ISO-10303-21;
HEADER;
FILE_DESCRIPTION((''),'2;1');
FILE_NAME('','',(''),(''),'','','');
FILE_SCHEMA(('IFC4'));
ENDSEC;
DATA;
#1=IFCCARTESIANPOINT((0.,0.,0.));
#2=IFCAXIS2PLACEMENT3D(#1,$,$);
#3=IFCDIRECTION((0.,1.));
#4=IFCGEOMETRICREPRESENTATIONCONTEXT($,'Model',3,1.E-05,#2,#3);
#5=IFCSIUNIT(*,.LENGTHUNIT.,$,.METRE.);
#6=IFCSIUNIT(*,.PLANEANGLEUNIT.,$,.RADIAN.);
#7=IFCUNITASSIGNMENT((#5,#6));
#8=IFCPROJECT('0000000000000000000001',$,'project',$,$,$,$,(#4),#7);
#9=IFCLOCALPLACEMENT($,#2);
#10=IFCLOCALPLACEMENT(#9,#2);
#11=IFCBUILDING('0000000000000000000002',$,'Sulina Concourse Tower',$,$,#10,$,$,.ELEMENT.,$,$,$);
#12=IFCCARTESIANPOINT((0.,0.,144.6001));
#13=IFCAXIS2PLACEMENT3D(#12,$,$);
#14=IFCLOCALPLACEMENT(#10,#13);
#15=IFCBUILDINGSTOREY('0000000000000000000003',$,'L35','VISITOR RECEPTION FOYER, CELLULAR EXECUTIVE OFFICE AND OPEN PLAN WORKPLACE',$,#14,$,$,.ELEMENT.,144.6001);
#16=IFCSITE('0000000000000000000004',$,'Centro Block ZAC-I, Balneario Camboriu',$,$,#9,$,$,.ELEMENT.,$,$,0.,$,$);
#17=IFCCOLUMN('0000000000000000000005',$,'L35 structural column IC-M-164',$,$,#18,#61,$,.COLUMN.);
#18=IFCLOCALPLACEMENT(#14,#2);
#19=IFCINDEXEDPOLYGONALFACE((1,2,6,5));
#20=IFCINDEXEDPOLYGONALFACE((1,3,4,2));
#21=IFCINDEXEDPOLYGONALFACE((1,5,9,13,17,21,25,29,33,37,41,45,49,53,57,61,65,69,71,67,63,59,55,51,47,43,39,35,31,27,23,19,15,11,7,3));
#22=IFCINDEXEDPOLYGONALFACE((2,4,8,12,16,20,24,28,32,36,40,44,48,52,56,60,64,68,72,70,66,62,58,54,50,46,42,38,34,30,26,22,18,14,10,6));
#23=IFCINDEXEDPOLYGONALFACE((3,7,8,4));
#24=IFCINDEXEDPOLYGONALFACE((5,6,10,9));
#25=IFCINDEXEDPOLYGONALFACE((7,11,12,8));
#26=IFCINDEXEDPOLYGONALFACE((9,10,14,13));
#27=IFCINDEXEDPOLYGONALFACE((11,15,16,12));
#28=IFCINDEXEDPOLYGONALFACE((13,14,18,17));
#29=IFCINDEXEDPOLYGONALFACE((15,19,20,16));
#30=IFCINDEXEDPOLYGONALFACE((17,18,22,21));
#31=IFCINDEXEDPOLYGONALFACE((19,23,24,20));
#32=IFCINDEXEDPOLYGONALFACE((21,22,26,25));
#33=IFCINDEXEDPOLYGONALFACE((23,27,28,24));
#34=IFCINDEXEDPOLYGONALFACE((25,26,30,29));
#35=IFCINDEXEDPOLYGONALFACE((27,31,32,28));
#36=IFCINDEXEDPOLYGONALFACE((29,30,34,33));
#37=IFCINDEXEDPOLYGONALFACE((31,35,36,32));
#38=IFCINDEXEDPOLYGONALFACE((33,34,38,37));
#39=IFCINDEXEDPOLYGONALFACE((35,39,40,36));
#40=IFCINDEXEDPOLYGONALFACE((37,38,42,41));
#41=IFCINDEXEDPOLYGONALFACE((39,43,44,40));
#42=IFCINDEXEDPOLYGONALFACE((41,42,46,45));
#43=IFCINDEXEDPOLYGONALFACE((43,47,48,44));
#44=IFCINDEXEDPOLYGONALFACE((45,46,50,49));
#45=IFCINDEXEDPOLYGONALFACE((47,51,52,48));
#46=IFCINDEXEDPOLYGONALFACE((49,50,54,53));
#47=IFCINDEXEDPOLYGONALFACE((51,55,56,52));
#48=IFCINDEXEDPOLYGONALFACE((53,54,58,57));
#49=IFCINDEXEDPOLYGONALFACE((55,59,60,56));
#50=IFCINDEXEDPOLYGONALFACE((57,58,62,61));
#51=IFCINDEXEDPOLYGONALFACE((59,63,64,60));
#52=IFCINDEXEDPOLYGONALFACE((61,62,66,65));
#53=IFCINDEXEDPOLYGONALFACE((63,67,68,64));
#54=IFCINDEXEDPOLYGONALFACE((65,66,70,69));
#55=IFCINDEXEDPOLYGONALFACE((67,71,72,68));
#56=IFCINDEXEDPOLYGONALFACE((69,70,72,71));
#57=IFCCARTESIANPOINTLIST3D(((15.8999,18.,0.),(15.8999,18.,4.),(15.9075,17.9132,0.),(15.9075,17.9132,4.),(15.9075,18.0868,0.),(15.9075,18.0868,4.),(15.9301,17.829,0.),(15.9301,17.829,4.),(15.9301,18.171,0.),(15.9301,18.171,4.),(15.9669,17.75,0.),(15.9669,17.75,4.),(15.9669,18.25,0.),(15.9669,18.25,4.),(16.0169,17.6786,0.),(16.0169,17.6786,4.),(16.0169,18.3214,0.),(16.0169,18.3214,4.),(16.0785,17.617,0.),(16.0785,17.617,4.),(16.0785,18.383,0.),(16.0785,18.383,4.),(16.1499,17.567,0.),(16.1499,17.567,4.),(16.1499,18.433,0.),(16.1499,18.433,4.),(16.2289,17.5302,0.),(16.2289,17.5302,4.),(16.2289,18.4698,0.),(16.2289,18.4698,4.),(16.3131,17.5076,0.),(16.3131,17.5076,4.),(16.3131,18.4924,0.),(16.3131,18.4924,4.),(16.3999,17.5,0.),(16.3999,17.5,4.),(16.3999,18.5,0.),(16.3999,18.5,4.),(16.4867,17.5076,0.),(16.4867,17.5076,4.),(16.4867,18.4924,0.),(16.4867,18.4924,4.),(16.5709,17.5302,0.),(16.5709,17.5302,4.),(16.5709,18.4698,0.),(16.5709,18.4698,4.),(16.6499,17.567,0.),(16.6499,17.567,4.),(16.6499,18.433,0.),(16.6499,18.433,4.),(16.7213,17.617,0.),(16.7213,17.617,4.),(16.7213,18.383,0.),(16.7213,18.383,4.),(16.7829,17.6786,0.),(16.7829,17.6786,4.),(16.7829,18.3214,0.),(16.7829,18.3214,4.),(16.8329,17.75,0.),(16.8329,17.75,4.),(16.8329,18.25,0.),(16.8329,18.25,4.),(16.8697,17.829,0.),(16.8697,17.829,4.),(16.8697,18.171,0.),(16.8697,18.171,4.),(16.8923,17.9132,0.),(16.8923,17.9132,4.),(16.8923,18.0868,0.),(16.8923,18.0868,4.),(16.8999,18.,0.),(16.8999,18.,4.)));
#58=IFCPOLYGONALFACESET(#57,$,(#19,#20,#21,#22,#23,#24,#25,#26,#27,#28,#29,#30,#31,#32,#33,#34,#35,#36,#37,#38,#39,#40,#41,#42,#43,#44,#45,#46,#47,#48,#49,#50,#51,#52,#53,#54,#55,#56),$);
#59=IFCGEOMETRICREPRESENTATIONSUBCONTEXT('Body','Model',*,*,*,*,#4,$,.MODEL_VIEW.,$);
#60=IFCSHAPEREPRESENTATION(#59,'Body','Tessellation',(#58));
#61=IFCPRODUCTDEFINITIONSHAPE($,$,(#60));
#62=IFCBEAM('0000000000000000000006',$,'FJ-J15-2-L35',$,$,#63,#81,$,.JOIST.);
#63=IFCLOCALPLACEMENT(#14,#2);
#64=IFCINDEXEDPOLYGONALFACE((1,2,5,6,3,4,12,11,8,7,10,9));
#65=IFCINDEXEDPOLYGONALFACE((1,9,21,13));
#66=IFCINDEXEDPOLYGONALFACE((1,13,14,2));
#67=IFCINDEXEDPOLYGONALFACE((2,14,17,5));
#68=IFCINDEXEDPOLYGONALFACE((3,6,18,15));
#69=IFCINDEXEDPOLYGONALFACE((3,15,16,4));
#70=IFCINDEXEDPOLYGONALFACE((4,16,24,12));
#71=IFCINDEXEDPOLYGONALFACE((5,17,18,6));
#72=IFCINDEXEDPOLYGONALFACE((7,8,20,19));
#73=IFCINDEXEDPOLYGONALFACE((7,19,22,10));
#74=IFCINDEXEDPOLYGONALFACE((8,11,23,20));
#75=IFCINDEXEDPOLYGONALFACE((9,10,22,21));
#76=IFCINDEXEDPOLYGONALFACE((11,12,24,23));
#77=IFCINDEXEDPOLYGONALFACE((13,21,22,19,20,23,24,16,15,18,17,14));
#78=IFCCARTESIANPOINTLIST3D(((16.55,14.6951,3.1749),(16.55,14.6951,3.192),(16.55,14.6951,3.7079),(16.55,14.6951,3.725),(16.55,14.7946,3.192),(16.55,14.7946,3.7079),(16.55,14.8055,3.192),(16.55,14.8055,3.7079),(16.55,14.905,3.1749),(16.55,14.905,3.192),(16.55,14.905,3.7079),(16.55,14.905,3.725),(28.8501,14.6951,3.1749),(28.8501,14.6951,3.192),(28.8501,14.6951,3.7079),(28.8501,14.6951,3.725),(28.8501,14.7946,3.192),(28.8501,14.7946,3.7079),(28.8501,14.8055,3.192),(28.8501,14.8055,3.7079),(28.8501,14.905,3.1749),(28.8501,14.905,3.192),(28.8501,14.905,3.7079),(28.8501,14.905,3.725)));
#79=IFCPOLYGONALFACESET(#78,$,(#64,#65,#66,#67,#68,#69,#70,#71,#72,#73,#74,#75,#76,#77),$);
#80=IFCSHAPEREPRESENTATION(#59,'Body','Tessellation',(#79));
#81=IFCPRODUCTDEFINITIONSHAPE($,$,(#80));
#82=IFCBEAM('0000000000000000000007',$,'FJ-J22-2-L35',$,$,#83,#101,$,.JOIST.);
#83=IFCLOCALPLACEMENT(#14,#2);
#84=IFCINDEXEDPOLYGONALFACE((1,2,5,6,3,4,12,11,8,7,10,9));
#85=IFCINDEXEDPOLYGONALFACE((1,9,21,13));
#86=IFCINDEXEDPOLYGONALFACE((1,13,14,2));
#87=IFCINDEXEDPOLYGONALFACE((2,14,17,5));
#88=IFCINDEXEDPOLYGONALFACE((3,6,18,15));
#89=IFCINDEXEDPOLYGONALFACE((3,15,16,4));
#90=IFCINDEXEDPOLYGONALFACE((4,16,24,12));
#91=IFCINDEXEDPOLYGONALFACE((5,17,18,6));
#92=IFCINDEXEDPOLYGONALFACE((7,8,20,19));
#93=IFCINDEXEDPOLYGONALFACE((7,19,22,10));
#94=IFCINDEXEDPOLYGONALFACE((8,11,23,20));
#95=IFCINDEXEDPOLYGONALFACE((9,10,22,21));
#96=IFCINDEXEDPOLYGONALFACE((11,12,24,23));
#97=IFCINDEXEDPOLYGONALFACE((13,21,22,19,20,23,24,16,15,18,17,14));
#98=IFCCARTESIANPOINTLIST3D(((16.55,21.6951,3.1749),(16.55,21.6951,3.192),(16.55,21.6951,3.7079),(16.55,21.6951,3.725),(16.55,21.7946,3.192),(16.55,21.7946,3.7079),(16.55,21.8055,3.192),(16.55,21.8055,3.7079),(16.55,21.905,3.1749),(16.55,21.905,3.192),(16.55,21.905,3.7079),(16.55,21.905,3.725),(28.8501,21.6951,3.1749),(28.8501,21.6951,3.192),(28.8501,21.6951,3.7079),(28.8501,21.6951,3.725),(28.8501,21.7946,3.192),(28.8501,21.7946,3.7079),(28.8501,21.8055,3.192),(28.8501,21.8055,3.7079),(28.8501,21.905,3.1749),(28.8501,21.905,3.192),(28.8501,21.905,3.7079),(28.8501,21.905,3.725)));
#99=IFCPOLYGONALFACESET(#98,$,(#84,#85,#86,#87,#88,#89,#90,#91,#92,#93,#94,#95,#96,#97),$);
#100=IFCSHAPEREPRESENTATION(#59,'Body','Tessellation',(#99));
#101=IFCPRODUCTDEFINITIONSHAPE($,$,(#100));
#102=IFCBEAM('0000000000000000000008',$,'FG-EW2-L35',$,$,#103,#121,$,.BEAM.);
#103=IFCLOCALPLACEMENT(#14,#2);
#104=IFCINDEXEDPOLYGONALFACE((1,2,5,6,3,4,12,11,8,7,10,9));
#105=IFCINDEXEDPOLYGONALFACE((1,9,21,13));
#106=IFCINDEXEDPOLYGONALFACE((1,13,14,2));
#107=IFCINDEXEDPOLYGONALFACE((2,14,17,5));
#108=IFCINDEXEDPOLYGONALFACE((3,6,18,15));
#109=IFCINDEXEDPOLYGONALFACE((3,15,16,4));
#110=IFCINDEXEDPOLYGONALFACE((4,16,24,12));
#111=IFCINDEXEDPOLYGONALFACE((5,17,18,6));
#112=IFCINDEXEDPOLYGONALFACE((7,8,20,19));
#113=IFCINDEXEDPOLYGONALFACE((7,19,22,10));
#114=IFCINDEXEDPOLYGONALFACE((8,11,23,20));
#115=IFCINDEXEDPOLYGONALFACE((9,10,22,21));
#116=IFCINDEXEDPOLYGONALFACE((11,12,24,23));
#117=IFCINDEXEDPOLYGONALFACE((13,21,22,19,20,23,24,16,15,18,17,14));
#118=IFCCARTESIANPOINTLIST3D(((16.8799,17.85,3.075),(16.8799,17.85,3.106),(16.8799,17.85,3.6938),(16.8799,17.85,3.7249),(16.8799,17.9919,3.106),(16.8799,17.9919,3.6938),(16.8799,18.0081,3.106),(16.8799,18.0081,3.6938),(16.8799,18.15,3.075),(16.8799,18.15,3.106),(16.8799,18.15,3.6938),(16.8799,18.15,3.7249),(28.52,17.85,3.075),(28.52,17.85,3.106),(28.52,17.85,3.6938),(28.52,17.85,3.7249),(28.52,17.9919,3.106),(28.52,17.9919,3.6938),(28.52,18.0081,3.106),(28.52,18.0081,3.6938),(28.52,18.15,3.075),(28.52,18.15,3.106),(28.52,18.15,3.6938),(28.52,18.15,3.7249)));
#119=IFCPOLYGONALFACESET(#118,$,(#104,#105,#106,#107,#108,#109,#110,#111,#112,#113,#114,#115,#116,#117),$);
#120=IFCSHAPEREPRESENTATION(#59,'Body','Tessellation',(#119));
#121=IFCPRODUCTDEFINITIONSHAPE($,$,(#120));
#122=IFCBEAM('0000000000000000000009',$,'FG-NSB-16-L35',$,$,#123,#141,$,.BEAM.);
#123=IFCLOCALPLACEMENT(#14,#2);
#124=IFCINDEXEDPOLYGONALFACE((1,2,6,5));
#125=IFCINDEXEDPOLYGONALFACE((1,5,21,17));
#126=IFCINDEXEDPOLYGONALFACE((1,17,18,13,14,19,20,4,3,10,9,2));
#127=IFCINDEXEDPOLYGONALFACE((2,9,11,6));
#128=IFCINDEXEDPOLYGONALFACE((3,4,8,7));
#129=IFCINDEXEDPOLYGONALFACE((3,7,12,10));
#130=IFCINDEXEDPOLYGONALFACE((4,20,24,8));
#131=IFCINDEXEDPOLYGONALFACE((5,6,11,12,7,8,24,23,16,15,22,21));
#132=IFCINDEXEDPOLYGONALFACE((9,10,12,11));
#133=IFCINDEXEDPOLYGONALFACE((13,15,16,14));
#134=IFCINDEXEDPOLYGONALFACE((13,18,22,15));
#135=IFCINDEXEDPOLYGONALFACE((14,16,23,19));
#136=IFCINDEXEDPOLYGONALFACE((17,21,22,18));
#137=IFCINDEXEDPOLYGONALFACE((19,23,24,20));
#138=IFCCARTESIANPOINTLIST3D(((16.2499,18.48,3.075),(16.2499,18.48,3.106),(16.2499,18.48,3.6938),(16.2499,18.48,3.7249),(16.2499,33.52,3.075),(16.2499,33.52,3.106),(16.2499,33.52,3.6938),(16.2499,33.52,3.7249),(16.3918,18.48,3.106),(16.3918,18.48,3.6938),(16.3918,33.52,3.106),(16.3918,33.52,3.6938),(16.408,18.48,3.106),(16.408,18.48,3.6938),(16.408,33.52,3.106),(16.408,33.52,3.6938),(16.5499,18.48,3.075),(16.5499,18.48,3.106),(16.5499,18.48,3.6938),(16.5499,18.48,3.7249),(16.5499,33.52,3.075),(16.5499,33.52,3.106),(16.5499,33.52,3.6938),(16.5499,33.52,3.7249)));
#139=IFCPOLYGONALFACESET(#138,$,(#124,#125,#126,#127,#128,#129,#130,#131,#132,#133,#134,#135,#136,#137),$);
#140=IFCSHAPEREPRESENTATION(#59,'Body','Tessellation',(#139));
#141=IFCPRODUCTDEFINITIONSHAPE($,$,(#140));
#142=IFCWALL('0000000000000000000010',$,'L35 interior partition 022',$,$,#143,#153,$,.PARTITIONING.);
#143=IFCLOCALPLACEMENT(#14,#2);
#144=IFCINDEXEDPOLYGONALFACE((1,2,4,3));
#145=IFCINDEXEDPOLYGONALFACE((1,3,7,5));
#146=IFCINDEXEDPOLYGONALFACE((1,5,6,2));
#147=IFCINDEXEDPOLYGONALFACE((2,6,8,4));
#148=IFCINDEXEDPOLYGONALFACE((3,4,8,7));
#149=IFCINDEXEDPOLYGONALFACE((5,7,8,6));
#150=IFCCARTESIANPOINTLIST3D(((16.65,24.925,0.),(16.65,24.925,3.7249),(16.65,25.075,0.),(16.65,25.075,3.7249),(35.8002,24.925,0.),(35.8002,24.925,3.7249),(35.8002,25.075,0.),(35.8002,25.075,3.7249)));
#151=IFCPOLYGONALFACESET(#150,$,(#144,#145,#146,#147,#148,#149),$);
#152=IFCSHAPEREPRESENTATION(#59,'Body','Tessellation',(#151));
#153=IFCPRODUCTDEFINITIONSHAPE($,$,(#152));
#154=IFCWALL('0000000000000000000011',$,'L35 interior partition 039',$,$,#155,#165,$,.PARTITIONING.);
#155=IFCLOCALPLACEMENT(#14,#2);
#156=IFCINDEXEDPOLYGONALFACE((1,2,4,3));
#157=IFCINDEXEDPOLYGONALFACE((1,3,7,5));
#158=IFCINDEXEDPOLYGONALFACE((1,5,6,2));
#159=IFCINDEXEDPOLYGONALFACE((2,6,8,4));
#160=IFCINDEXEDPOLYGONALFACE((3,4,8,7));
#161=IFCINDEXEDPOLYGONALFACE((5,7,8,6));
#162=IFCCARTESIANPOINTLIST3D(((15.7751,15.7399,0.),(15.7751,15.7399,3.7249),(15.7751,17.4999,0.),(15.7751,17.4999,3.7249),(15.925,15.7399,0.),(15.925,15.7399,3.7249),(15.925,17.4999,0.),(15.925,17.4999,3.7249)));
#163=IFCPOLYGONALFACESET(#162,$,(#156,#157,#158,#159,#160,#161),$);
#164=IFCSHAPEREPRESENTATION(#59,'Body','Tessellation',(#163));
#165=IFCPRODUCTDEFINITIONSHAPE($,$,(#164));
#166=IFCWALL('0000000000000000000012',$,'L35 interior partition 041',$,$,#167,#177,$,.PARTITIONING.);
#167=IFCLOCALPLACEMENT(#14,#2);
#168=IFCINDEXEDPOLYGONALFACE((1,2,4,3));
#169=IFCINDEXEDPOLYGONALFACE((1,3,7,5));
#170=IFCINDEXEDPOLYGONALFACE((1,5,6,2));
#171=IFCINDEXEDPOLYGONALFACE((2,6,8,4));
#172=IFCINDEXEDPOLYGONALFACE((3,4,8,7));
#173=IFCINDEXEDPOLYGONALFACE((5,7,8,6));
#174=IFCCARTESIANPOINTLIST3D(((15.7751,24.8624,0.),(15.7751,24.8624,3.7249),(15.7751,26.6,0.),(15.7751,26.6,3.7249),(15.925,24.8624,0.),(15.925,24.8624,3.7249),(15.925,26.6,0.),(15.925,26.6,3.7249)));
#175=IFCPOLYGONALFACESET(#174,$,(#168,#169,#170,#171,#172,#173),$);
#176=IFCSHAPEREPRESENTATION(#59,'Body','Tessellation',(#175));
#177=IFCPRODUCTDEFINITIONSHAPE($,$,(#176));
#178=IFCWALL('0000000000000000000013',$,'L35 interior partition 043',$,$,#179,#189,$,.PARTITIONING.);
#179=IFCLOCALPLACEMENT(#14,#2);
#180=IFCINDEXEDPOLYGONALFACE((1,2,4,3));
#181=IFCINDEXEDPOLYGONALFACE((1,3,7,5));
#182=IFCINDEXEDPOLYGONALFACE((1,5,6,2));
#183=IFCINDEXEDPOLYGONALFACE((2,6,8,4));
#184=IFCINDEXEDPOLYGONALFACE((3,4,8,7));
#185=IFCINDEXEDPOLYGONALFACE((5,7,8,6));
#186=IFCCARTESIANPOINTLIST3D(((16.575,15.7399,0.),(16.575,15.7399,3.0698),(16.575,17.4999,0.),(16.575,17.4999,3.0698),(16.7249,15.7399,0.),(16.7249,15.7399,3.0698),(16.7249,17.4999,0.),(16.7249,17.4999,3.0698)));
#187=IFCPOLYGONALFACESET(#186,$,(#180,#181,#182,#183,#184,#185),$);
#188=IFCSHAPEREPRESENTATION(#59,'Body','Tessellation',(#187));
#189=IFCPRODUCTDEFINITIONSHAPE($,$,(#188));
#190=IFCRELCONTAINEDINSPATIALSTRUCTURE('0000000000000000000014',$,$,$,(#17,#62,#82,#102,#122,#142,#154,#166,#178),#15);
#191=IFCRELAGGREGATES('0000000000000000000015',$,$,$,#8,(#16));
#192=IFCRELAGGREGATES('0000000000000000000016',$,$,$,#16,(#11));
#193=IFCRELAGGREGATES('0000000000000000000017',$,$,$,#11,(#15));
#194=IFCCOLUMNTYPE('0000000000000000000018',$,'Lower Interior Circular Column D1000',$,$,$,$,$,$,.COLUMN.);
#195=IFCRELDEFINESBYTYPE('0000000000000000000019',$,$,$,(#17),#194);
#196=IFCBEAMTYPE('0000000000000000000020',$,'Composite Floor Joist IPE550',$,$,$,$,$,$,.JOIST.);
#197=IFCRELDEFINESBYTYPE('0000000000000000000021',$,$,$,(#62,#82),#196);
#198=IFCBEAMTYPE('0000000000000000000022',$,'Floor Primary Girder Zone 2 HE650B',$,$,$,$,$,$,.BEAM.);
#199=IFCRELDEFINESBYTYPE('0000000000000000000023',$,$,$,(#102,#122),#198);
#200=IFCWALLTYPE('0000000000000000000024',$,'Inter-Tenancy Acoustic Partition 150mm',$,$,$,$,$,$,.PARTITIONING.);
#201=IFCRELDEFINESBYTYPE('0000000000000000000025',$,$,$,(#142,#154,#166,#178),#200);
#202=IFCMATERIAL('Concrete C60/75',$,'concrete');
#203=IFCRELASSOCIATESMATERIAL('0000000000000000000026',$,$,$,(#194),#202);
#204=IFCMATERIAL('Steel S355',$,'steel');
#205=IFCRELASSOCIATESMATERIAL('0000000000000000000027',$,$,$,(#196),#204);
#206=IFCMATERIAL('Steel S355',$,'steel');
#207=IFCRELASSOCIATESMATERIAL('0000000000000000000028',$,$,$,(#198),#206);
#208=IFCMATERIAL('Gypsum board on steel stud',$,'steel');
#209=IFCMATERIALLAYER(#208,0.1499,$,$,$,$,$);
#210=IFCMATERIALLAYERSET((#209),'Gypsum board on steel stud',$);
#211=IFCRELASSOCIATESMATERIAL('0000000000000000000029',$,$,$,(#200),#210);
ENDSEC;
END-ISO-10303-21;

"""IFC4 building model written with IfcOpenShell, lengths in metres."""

from ifc_helpers import new_model, si_unit, direction, frame, frame_2d, origin, origin_2d, place, context, subcontext, project, spatial, rectangle, circle, i_section, extrude, material, layer, layer_set, material_profile, profile_set, type_object, element, save


model = new_model("IFC4")

# Units and contexts
model_context = context("Model", 3, precision=1e-05, world=origin(), true_north=direction((0.0, 1.0)))
body_context = subcontext(model_context, "Body", "Model", "MODEL_VIEW")
ifc_project = project(units=[si_unit("LENGTHUNIT", "METRE"), si_unit("PLANEANGLEUNIT", "RADIAN")], contexts=[model_context])

# Site, building, storey
site_placement = place(None, origin())
site = spatial("IfcSite", under=ifc_project, at=site_placement, Name="Centro Block ZAC-I, Balneario Camboriu", CompositionType="ELEMENT", RefElevation=0.0)
building_placement = place(site_placement, origin())
building = spatial("IfcBuilding", under=site, at=building_placement, Name="Sulina Concourse Tower", CompositionType="ELEMENT")
storey_placement = place(building_placement, frame((0.0, 0.0, 144.6001)))
storey = spatial("IfcBuildingStorey", under=building, at=storey_placement, Name="L35", Description="VISITOR RECEPTION FOYER, CELLULAR EXECUTIVE OFFICE AND OPEN PLAN WORKPLACE", CompositionType="ELEMENT", Elevation=144.6001)

# Column
ifc_material_1 = material(Name="Concrete C60/75", Category="concrete")
ifc_material_profile_1 = material_profile(ifc_material_1, circle(Radius=0.5, at=origin_2d()), Name="RC D1000")
ifc_profile_set_1 = profile_set([ifc_material_profile_1], Name="Concrete C60/75")
column_type = type_object("IfcColumnType", Name="Lower Interior Circular Column D1000", PredefinedType="COLUMN", material=ifc_profile_set_1)
column_placement = place(storey_placement, frame((16.3999, 18.0, 0.0), z_axis=(0.0, 0.0, 1.0), x_axis=(1.0, 0.0, 0.0)))
element("IfcColumn", 1, at=column_placement, inside=storey, type_object=column_type, Name="L35 structural column IC-M-164", PredefinedType="COLUMN", context=body_context, shape_type="SweptSolid", body=[
    extrude(circle(Radius=0.5, at=origin_2d()), origin(), (0.0, 0.0, 1.0), 4.0),
])

# Beams
ifc_material_2 = material(Name="Steel S355", Category="steel")
ifc_material_profile_2 = material_profile(ifc_material_2, i_section(OverallWidth=0.21, OverallDepth=0.55, WebThickness=0.011, FlangeThickness=0.0171, at=origin_2d()), Name="IPE 550")
ifc_profile_set_2 = profile_set([ifc_material_profile_2], Name="Steel S355")
beam_type_1 = type_object("IfcBeamType", Name="Composite Floor Joist IPE550", PredefinedType="JOIST", material=ifc_profile_set_2)
for number, where, z_axis, x_axis, name in (
    (2, (16.55, 14.8, 3.45), (1.0, 0.0, 0.0), (0.0, 1.0, 0.0), "FJ-J15-2-L35"),
    (3, (16.55, 21.8, 3.45), (1.0, 0.0, 0.0), (0.0, 1.0, 0.0), "FJ-J22-2-L35"),
):
    element("IfcBeam", number, at=place(storey_placement, frame(where, z_axis=z_axis, x_axis=x_axis)), inside=storey, type_object=beam_type_1, Name=name, PredefinedType="JOIST", context=body_context, shape_type="SweptSolid", body=[
        extrude(i_section(OverallWidth=0.21, OverallDepth=0.55, WebThickness=0.011, FlangeThickness=0.0171, at=origin_2d()), origin(), (0.0, 0.0, 1.0), 12.3),
    ])
ifc_material_3 = material(Name="Steel S355", Category="steel")
ifc_material_profile_3 = material_profile(ifc_material_3, i_section(OverallWidth=0.3, OverallDepth=0.6499, WebThickness=0.0161, FlangeThickness=0.031, at=origin_2d()), Name="HE 650 B")
ifc_profile_set_3 = profile_set([ifc_material_profile_3], Name="Steel S355")
beam_type_2 = type_object("IfcBeamType", Name="Floor Primary Girder Zone 2 HE650B", PredefinedType="BEAM", material=ifc_profile_set_3)
beam_1_placement = place(storey_placement, frame((16.8799, 18.0, 3.3999), z_axis=(1.0, 0.0, 0.0), x_axis=(0.0, 1.0, 0.0)))
element("IfcBeam", 4, at=beam_1_placement, inside=storey, type_object=beam_type_2, Name="FG-EW2-L35", PredefinedType="BEAM", context=body_context, shape_type="SweptSolid", body=[
    extrude(i_section(OverallWidth=0.3, OverallDepth=0.6499, WebThickness=0.0161, FlangeThickness=0.031, at=origin_2d()), origin(), (0.0, 0.0, 1.0), 11.6401),
])
beam_2_placement = place(storey_placement, frame((16.3999, 18.48, 3.3999), z_axis=(0.0, 1.0, 0.0), x_axis=(-1.0, 0.0, 0.0)))
element("IfcBeam", 5, at=beam_2_placement, inside=storey, type_object=beam_type_2, Name="FG-NSB-16-L35", PredefinedType="BEAM", context=body_context, shape_type="SweptSolid", body=[
    extrude(i_section(OverallWidth=0.3, OverallDepth=0.6499, WebThickness=0.0161, FlangeThickness=0.031, at=origin_2d()), origin(), (0.0, 0.0, 1.0), 15.04),
])

# Walls
ifc_material_4 = material(Name="Gypsum board on steel stud", Category="steel")
ifc_layer_1 = layer(ifc_material_4, 0.1499)
ifc_layer_set_1 = layer_set([ifc_layer_1], Name="Gypsum board on steel stud")
wall_type_1 = type_object("IfcWallType", Name="Inter-Tenancy Acoustic Partition 150mm", PredefinedType="PARTITIONING", material=ifc_layer_set_1)
wall_1_placement = place(storey_placement, frame((16.6499, 25.0, 0.0), z_axis=(0.0, 0.0, 1.0), x_axis=(1.0, 0.0, 0.0)))
element("IfcWall", 6, at=wall_1_placement, inside=storey, type_object=wall_type_1, Name="L35 interior partition 022", PredefinedType="PARTITIONING", context=body_context, shape_type="SweptSolid", body=[
    extrude(rectangle(XDim=19.1501, YDim=0.1499, at=frame_2d((9.5752, 0.0))), origin(), (0.0, 0.0, 1.0), 3.7249),
])
wall_2_placement = place(storey_placement, frame((15.8501, 15.74, 0.0), z_axis=(0.0, 0.0, 1.0), x_axis=(0.0, 1.0, 0.0)))
element("IfcWall", 7, at=wall_2_placement, inside=storey, type_object=wall_type_1, Name="L35 interior partition 039", PredefinedType="PARTITIONING", context=body_context, shape_type="SweptSolid", body=[
    extrude(rectangle(XDim=1.76, YDim=0.1499, at=frame_2d((0.8799, 0.0))), origin(), (0.0, 0.0, 1.0), 3.7249),
])
wall_3_placement = place(storey_placement, frame((15.8501, 24.8625, 0.0), z_axis=(0.0, 0.0, 1.0), x_axis=(0.0, 1.0, 0.0)))
element("IfcWall", 8, at=wall_3_placement, inside=storey, type_object=wall_type_1, Name="L35 interior partition 041", PredefinedType="PARTITIONING", context=body_context, shape_type="SweptSolid", body=[
    extrude(rectangle(XDim=1.7375, YDim=0.1499, at=frame_2d((0.8687, 0.0))), origin(), (0.0, 0.0, 1.0), 3.7249),
])
wall_4_placement = place(storey_placement, frame((16.6499, 15.74, 0.0), z_axis=(0.0, 0.0, 1.0), x_axis=(0.0, 1.0, 0.0)))
element("IfcWall", 9, at=wall_4_placement, inside=storey, type_object=wall_type_1, Name="L35 interior partition 043", PredefinedType="PARTITIONING", context=body_context, shape_type="SweptSolid", body=[
    extrude(rectangle(XDim=1.76, YDim=0.1499, at=frame_2d((0.8799, 0.0))), origin(), (0.0, 0.0, 1.0), 3.0698),
])

save(model, "model.ifc")
